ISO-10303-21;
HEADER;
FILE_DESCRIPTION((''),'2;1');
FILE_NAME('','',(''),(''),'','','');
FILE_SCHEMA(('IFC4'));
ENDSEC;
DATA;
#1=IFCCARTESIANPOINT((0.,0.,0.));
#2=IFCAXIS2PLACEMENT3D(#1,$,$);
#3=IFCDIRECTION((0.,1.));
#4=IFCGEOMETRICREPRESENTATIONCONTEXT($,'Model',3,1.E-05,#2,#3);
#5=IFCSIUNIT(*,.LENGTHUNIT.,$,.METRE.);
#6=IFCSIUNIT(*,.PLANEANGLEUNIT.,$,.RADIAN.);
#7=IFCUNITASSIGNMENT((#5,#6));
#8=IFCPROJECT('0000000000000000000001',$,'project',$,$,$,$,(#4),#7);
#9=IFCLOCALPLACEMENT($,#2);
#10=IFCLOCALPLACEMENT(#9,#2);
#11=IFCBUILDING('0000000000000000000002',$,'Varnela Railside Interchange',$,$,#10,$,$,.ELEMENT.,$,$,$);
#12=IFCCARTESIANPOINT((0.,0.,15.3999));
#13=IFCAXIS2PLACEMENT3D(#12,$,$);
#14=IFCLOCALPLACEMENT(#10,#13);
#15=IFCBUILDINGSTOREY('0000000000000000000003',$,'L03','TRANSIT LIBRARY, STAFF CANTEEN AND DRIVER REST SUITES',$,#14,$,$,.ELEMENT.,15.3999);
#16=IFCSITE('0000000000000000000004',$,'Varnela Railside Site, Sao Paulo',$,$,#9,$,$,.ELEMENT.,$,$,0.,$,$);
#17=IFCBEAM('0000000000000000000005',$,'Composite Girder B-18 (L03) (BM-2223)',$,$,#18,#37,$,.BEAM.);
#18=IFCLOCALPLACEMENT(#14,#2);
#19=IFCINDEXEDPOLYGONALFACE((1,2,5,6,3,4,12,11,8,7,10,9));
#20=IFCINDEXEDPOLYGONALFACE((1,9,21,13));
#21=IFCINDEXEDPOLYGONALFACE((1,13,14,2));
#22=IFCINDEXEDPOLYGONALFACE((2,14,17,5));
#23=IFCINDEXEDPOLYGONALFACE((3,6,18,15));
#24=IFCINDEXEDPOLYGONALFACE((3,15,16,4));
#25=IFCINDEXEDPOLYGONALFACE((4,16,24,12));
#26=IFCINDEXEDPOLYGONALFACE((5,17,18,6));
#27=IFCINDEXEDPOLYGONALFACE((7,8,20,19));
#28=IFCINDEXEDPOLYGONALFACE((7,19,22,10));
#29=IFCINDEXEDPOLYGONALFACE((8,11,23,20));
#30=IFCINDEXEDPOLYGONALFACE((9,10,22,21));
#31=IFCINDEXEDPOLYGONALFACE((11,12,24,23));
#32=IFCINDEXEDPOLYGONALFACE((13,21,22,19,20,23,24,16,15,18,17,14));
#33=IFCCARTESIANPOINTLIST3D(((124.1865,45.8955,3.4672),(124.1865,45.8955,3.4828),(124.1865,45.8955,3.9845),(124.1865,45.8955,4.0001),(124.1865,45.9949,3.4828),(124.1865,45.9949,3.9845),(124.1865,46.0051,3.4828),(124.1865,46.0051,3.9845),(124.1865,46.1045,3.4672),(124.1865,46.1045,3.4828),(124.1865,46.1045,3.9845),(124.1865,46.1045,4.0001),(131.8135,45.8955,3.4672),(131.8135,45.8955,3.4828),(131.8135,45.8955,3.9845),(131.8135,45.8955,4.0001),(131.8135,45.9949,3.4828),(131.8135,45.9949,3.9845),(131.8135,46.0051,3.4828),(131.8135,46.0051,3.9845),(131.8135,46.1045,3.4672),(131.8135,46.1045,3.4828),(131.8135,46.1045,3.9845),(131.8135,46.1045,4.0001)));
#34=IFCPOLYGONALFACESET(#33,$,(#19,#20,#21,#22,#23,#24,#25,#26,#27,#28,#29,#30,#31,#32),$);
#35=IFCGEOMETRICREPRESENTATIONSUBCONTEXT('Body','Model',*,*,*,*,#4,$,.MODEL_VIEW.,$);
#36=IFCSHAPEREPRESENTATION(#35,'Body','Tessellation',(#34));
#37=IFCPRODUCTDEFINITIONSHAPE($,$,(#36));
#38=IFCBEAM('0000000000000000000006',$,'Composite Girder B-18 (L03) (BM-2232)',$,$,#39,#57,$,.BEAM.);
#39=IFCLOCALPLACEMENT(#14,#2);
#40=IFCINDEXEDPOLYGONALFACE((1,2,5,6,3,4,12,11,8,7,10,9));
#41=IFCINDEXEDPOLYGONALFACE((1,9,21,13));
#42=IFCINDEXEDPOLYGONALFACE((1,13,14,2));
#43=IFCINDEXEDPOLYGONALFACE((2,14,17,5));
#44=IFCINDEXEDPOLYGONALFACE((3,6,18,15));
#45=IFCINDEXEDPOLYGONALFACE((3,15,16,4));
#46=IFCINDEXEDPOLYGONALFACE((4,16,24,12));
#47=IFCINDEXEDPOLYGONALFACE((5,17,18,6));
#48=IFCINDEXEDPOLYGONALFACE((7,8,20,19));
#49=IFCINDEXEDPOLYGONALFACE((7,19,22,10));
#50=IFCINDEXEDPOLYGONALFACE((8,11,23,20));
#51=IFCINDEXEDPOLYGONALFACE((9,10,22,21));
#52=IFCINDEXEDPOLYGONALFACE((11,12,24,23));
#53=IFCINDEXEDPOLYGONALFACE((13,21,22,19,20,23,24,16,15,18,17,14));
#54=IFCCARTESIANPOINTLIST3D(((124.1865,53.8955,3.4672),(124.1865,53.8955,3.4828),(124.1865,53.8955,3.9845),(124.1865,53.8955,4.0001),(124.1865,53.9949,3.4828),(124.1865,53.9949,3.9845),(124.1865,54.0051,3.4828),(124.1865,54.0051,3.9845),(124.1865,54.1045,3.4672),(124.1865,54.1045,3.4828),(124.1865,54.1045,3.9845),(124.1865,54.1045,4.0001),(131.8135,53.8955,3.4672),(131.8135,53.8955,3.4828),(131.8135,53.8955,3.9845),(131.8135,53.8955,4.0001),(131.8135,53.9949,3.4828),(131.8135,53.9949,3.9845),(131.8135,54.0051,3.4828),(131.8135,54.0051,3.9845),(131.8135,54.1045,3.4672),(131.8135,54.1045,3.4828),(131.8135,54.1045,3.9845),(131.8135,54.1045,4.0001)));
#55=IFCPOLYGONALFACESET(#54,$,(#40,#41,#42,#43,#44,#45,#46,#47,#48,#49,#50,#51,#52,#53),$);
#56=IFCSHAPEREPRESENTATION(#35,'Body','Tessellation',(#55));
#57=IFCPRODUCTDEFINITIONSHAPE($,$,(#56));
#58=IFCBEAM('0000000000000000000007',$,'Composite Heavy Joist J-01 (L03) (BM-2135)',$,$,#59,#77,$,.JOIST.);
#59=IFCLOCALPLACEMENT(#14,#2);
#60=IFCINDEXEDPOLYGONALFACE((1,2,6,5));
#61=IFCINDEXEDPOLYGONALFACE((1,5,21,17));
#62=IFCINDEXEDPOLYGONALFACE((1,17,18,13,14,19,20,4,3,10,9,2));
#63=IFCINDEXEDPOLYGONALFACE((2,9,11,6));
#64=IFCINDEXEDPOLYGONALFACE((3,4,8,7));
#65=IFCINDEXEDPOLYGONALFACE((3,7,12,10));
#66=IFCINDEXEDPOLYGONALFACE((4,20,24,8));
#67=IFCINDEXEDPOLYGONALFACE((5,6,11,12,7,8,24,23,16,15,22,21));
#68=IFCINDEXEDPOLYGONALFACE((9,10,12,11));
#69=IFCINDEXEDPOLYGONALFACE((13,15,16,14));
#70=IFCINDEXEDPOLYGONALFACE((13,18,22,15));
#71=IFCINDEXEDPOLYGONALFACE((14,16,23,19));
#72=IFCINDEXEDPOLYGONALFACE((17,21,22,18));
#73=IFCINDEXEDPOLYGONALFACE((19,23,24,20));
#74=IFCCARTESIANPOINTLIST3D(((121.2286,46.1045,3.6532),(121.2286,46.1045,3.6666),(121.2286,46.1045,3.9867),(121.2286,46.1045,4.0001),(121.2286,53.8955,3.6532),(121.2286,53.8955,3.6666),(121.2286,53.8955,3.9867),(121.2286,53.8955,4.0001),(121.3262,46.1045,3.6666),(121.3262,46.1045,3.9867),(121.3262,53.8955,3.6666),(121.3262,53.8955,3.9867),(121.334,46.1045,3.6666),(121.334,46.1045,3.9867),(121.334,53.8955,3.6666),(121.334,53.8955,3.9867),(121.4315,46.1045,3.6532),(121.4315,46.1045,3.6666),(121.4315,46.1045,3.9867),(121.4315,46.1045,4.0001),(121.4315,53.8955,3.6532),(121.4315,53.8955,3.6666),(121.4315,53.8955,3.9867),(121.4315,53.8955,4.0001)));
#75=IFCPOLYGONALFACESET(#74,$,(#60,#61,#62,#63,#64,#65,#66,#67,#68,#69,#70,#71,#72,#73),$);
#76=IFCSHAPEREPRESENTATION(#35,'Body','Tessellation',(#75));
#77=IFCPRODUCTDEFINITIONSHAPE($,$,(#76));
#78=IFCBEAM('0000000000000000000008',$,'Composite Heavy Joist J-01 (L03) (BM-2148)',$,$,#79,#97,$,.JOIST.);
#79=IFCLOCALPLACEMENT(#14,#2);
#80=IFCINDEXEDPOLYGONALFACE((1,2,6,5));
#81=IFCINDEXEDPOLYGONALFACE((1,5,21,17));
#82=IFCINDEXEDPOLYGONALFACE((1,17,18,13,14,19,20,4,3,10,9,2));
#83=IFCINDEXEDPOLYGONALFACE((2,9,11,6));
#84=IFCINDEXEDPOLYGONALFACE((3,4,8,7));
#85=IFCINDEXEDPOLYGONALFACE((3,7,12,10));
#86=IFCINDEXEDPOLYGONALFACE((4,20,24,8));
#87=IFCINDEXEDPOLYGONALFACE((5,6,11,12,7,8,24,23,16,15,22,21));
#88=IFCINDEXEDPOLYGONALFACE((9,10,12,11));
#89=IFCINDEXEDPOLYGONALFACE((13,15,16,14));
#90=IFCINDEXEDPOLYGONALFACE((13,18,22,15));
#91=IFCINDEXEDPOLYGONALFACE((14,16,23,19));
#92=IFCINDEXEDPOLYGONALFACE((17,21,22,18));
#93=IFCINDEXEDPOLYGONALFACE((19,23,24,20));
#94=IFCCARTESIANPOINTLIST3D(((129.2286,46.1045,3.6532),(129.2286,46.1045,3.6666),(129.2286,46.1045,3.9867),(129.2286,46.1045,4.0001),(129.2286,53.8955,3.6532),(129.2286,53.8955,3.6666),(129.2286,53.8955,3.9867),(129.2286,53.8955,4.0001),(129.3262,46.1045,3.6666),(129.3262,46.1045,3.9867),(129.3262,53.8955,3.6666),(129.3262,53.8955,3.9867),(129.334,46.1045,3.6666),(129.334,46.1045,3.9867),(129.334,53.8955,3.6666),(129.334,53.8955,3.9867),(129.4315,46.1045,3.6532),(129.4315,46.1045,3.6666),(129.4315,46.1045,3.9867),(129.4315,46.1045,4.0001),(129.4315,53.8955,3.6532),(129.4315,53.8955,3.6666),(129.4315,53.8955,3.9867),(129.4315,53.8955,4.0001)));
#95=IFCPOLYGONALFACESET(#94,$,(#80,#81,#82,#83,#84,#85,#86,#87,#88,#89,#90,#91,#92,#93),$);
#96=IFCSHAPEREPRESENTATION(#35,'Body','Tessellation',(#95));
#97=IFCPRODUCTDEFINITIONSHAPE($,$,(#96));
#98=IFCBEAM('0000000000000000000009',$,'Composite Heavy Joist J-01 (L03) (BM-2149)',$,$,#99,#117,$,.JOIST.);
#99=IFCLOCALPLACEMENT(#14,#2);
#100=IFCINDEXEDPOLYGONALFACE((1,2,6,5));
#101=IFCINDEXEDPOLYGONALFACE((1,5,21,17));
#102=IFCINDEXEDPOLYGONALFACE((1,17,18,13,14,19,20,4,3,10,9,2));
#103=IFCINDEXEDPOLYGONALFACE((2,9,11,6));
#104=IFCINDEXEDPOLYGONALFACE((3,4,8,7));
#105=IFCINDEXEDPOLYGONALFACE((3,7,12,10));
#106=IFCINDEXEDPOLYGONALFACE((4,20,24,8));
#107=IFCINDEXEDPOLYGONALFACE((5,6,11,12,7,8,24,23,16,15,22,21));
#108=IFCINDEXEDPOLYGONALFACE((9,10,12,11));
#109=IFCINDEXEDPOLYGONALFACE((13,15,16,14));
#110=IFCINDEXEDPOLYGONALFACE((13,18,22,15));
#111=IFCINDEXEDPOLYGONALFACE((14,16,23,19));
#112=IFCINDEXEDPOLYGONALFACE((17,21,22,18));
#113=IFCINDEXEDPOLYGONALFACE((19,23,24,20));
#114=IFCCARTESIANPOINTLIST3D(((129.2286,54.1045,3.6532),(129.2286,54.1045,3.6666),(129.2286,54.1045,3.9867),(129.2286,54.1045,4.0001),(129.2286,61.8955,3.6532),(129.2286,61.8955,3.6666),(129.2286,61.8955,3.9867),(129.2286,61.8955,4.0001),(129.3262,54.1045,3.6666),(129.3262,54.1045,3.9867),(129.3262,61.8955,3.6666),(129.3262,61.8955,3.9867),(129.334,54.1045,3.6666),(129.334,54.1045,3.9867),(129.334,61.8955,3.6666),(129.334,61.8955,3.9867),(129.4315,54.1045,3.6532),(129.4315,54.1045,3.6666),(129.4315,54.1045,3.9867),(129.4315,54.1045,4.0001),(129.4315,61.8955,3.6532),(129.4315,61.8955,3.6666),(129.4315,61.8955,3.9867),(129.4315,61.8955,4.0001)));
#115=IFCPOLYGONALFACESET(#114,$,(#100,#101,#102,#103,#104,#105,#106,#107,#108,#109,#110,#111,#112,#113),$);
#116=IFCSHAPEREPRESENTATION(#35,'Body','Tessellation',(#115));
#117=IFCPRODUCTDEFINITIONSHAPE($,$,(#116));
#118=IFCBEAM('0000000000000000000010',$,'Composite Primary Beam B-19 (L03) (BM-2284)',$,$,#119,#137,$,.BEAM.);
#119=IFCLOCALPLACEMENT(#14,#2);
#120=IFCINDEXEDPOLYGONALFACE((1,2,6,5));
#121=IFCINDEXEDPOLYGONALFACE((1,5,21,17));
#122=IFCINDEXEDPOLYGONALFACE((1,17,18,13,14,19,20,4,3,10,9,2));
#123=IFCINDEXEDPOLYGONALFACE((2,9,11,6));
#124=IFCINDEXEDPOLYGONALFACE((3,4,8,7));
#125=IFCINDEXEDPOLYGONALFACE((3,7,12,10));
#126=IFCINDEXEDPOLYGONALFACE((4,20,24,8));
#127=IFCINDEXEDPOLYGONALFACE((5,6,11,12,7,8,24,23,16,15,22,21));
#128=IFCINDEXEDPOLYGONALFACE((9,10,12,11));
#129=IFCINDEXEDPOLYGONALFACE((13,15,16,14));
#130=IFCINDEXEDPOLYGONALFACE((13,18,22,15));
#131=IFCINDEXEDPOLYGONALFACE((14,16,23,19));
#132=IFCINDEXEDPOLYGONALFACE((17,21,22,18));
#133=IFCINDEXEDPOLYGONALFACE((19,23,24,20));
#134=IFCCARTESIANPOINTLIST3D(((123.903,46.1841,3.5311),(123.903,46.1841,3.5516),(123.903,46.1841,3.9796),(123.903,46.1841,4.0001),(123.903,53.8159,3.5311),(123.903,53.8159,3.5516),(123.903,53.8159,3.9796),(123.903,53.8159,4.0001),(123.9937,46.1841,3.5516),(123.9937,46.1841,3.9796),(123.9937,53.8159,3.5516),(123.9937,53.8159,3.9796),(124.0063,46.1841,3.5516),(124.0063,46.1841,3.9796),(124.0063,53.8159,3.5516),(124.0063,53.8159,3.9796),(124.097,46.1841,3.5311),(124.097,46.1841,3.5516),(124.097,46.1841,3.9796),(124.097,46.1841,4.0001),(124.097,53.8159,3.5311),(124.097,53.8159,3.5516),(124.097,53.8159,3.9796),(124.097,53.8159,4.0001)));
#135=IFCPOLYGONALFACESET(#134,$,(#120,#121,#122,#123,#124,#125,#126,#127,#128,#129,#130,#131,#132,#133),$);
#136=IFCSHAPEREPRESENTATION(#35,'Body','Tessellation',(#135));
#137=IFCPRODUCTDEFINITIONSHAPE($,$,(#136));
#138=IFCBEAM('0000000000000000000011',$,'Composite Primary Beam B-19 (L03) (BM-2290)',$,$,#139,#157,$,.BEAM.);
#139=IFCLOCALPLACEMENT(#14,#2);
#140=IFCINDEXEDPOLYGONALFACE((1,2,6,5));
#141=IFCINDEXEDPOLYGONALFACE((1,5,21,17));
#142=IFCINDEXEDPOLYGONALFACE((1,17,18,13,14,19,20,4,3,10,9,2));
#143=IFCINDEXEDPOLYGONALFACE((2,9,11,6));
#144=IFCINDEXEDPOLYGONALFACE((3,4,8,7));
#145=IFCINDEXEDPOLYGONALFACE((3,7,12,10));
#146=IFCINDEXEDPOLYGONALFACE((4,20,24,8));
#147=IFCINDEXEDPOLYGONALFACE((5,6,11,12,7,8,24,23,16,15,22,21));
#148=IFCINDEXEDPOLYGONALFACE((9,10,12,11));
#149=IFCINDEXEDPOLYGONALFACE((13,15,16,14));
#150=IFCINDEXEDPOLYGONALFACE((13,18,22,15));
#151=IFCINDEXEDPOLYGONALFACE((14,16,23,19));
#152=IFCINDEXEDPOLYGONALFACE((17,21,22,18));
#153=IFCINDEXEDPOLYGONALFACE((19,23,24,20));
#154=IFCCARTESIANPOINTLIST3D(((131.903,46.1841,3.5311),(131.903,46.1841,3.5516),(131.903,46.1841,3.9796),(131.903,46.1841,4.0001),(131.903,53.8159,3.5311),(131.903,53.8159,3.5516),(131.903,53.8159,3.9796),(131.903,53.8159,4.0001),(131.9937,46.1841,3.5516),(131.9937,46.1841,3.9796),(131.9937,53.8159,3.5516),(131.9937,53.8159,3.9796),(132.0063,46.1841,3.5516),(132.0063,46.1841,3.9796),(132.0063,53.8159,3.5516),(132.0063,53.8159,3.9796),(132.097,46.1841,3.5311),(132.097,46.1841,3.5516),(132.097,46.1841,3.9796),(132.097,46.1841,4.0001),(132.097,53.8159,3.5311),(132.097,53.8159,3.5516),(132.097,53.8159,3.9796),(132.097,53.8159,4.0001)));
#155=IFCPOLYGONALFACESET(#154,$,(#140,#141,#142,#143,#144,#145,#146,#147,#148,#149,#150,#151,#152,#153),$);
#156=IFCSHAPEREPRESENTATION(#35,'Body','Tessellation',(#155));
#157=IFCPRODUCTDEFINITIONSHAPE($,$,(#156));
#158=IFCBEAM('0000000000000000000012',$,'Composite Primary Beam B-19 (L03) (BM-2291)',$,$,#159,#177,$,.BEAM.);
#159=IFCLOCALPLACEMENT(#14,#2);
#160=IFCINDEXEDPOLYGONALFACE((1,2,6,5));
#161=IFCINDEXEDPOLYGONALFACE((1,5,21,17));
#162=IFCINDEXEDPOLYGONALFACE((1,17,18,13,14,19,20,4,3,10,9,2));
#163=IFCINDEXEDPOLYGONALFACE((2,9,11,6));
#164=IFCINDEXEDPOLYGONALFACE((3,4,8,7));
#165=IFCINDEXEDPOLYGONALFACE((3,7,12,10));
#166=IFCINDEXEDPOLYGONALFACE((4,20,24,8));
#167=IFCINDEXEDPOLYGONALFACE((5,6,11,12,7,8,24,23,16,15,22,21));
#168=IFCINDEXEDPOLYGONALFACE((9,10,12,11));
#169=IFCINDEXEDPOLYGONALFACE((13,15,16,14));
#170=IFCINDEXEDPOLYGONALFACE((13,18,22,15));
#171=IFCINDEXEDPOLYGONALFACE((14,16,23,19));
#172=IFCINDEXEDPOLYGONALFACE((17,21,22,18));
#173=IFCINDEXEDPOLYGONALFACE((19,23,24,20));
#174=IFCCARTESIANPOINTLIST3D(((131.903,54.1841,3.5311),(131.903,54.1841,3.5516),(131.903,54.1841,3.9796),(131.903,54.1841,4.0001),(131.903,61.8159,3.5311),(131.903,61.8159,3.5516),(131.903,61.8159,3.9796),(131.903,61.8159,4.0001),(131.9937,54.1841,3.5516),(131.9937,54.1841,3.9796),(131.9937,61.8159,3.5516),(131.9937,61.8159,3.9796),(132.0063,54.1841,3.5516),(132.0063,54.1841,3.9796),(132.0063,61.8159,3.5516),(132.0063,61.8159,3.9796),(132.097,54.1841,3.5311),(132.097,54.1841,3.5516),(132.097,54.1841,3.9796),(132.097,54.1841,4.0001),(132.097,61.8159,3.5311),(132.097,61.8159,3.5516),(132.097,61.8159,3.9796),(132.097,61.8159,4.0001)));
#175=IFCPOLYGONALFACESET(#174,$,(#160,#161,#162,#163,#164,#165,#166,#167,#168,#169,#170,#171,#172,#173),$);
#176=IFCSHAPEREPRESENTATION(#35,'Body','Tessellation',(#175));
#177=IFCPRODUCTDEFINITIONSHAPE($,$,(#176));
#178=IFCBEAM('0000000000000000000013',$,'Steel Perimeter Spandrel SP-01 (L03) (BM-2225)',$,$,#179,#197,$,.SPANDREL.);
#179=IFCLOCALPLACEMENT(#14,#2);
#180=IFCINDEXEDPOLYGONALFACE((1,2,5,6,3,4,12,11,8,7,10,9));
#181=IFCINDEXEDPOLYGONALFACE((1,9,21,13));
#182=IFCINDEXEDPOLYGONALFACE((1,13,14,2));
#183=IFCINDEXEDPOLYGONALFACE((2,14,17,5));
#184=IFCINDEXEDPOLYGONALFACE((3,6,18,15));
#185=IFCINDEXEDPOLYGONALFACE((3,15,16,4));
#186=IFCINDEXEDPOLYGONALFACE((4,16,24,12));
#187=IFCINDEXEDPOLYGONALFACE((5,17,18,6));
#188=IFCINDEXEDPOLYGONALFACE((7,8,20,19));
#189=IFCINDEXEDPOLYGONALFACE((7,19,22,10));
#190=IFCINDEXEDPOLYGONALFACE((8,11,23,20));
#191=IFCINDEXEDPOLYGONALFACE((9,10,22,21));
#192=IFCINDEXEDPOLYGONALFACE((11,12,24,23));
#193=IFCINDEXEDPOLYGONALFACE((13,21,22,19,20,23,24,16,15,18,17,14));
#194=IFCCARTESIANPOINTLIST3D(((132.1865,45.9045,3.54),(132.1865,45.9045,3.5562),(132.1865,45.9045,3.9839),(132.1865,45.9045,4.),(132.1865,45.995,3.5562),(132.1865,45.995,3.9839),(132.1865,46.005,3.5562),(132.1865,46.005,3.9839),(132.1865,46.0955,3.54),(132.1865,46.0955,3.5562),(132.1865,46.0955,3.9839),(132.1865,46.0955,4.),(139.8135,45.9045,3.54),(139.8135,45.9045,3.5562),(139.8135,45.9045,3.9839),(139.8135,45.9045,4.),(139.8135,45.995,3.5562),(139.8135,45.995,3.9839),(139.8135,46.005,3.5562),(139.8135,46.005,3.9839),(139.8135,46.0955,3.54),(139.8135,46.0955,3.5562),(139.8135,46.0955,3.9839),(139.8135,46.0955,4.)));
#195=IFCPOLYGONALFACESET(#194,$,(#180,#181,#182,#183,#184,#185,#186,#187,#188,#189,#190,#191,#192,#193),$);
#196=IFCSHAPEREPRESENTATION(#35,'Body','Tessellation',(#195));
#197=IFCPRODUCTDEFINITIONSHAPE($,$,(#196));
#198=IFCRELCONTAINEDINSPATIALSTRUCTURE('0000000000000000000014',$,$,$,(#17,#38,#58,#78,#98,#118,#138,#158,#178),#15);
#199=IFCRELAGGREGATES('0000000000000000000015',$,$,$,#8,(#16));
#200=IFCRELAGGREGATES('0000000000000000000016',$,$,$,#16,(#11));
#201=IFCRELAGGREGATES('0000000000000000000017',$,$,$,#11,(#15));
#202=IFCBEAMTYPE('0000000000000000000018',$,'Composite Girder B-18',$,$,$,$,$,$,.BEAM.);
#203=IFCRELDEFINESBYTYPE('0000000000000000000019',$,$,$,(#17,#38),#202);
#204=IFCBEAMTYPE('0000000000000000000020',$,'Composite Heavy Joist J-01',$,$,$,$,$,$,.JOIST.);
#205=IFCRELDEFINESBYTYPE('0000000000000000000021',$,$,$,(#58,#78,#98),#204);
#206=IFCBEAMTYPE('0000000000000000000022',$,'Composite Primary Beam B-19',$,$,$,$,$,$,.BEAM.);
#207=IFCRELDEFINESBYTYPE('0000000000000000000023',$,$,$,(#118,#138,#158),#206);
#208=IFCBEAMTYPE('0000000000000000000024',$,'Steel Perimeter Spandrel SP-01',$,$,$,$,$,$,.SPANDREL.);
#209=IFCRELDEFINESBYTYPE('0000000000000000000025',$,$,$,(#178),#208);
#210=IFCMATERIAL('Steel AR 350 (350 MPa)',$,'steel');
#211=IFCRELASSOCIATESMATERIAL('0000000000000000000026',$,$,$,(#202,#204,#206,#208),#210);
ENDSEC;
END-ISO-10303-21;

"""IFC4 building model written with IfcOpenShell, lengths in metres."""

from ifc_helpers import new_model, si_unit, direction, frame, origin, origin_2d, place, context, subcontext, project, spatial, i_section, extrude, material, material_profile, profile_set, type_object, element, save


model = new_model("IFC4")

# Units and contexts
model_context = context("Model", 3, precision=1e-05, world=origin(), true_north=direction((0.0, 1.0)))
body_context = subcontext(model_context, "Body", "Model", "MODEL_VIEW")
ifc_project = project(units=[si_unit("LENGTHUNIT", "METRE"), si_unit("PLANEANGLEUNIT", "RADIAN")], contexts=[model_context])

# Site, building, storey
site_placement = place(None, origin())
site = spatial("IfcSite", under=ifc_project, at=site_placement, Name="Varnela Railside Site, Sao Paulo", CompositionType="ELEMENT", RefElevation=0.0)
building_placement = place(site_placement, origin())
building = spatial("IfcBuilding", under=site, at=building_placement, Name="Varnela Railside Interchange", CompositionType="ELEMENT")
storey_placement = place(building_placement, frame((0.0, 0.0, 15.3999)))
storey = spatial("IfcBuildingStorey", under=building, at=storey_placement, Name="L03", Description="TRANSIT LIBRARY, STAFF CANTEEN AND DRIVER REST SUITES", CompositionType="ELEMENT", Elevation=15.3999)

# Shared definitions
ifc_material_1 = material(Name="Steel AR 350 (350 MPa)", Category="steel")

# Beams
ifc_material_profile_1 = material_profile(ifc_material_1, i_section(OverallWidth=0.209, OverallDepth=0.533, WebThickness=0.0103, FlangeThickness=0.0156, at=origin_2d()), Name="W530x92")
ifc_profile_set_1 = profile_set([ifc_material_profile_1], Name="Steel AR 350 (350 MPa)")
beam_type_1 = type_object("IfcBeamType", Name="Composite Girder B-18", PredefinedType="BEAM", material=ifc_profile_set_1)
for number, where, z_axis, x_axis, name in (
    (1, (124.1865, 46.0, 3.7336), (1.0, 0.0, 0.0), (0.0, 1.0, 0.0), "Composite Girder B-18 (L03) (BM-2223)"),
    (2, (124.1865, 54.0, 3.7336), (1.0, 0.0, 0.0), (0.0, 1.0, 0.0), "Composite Girder B-18 (L03) (BM-2232)"),
):
    element("IfcBeam", number, at=place(storey_placement, frame(where, z_axis=z_axis, x_axis=x_axis)), inside=storey, type_object=beam_type_1, Name=name, PredefinedType="BEAM", context=body_context, shape_type="SweptSolid", body=[
        extrude(i_section(OverallWidth=0.209, OverallDepth=0.533, WebThickness=0.0103, FlangeThickness=0.0156, at=origin_2d()), origin(), (0.0, 0.0, 1.0), 7.627),
    ])
ifc_material_profile_2 = material_profile(ifc_material_1, i_section(OverallWidth=0.2029, OverallDepth=0.3469, WebThickness=0.0078, FlangeThickness=0.0134, at=origin_2d()), Name="W360x64")
ifc_profile_set_2 = profile_set([ifc_material_profile_2], Name="Steel AR 350 (350 MPa)")
beam_type_2 = type_object("IfcBeamType", Name="Composite Heavy Joist J-01", PredefinedType="JOIST", material=ifc_profile_set_2)
for number, where, z_axis, x_axis, name in (
    (3, (121.3301, 46.1045, 3.8267), (0.0, 1.0, 0.0), (-1.0, 0.0, 0.0), "Composite Heavy Joist J-01 (L03) (BM-2135)"),
    (4, (129.3301, 46.1045, 3.8267), (0.0, 1.0, 0.0), (-1.0, 0.0, 0.0), "Composite Heavy Joist J-01 (L03) (BM-2148)"),
    (5, (129.3301, 54.1045, 3.8267), (0.0, 1.0, 0.0), (-1.0, 0.0, 0.0), "Composite Heavy Joist J-01 (L03) (BM-2149)"),
):
    element("IfcBeam", number, at=place(storey_placement, frame(where, z_axis=z_axis, x_axis=x_axis)), inside=storey, type_object=beam_type_2, Name=name, PredefinedType="JOIST", context=body_context, shape_type="SweptSolid", body=[
        extrude(i_section(OverallWidth=0.2029, OverallDepth=0.3469, WebThickness=0.0078, FlangeThickness=0.0134, at=origin_2d()), origin(), (0.0, 0.0, 1.0), 7.791),
    ])
ifc_material_profile_3 = material_profile(ifc_material_1, i_section(OverallWidth=0.1941, OverallDepth=0.469, WebThickness=0.0127, FlangeThickness=0.0205, at=origin_2d()), Name="W460x106")
ifc_profile_set_3 = profile_set([ifc_material_profile_3], Name="Steel AR 350 (350 MPa)")
beam_type_3 = type_object("IfcBeamType", Name="Composite Primary Beam B-19", PredefinedType="BEAM", material=ifc_profile_set_3)
for number, where, z_axis, x_axis, name in (
    (6, (124.0, 46.1841, 3.7656), (0.0, 1.0, 0.0), (-1.0, 0.0, 0.0), "Composite Primary Beam B-19 (L03) (BM-2284)"),
    (7, (132.0, 46.1841, 3.7656), (0.0, 1.0, 0.0), (-1.0, 0.0, 0.0), "Composite Primary Beam B-19 (L03) (BM-2290)"),
    (8, (132.0, 54.1841, 3.7656), (0.0, 1.0, 0.0), (-1.0, 0.0, 0.0), "Composite Primary Beam B-19 (L03) (BM-2291)"),
):
    element("IfcBeam", number, at=place(storey_placement, frame(where, z_axis=z_axis, x_axis=x_axis)), inside=storey, type_object=beam_type_3, Name=name, PredefinedType="BEAM", context=body_context, shape_type="SweptSolid", body=[
        extrude(i_section(OverallWidth=0.1941, OverallDepth=0.469, WebThickness=0.0127, FlangeThickness=0.0205, at=origin_2d()), origin(), (0.0, 0.0, 1.0), 7.6318),
    ])
ifc_material_profile_4 = material_profile(ifc_material_1, i_section(OverallWidth=0.1909, OverallDepth=0.46, WebThickness=0.01, FlangeThickness=0.0161, at=origin_2d()), Name="W460x82")
ifc_profile_set_4 = profile_set([ifc_material_profile_4], Name="Steel AR 350 (350 MPa)")
beam_type_4 = type_object("IfcBeamType", Name="Steel Perimeter Spandrel SP-01", PredefinedType="SPANDREL", material=ifc_profile_set_4)
for number, where, z_axis, x_axis, name in (
    (9, (132.1865, 46.0, 3.77), (1.0, 0.0, 0.0), (0.0, 1.0, 0.0), "Steel Perimeter Spandrel SP-01 (L03) (BM-2225)"),
):
    element("IfcBeam", number, at=place(storey_placement, frame(where, z_axis=z_axis, x_axis=x_axis)), inside=storey, type_object=beam_type_4, Name=name, PredefinedType="SPANDREL", context=body_context, shape_type="SweptSolid", body=[
        extrude(i_section(OverallWidth=0.1909, OverallDepth=0.46, WebThickness=0.01, FlangeThickness=0.0161, at=origin_2d()), origin(), (0.0, 0.0, 1.0), 7.627),
    ])

save(model, "model.ifc")
